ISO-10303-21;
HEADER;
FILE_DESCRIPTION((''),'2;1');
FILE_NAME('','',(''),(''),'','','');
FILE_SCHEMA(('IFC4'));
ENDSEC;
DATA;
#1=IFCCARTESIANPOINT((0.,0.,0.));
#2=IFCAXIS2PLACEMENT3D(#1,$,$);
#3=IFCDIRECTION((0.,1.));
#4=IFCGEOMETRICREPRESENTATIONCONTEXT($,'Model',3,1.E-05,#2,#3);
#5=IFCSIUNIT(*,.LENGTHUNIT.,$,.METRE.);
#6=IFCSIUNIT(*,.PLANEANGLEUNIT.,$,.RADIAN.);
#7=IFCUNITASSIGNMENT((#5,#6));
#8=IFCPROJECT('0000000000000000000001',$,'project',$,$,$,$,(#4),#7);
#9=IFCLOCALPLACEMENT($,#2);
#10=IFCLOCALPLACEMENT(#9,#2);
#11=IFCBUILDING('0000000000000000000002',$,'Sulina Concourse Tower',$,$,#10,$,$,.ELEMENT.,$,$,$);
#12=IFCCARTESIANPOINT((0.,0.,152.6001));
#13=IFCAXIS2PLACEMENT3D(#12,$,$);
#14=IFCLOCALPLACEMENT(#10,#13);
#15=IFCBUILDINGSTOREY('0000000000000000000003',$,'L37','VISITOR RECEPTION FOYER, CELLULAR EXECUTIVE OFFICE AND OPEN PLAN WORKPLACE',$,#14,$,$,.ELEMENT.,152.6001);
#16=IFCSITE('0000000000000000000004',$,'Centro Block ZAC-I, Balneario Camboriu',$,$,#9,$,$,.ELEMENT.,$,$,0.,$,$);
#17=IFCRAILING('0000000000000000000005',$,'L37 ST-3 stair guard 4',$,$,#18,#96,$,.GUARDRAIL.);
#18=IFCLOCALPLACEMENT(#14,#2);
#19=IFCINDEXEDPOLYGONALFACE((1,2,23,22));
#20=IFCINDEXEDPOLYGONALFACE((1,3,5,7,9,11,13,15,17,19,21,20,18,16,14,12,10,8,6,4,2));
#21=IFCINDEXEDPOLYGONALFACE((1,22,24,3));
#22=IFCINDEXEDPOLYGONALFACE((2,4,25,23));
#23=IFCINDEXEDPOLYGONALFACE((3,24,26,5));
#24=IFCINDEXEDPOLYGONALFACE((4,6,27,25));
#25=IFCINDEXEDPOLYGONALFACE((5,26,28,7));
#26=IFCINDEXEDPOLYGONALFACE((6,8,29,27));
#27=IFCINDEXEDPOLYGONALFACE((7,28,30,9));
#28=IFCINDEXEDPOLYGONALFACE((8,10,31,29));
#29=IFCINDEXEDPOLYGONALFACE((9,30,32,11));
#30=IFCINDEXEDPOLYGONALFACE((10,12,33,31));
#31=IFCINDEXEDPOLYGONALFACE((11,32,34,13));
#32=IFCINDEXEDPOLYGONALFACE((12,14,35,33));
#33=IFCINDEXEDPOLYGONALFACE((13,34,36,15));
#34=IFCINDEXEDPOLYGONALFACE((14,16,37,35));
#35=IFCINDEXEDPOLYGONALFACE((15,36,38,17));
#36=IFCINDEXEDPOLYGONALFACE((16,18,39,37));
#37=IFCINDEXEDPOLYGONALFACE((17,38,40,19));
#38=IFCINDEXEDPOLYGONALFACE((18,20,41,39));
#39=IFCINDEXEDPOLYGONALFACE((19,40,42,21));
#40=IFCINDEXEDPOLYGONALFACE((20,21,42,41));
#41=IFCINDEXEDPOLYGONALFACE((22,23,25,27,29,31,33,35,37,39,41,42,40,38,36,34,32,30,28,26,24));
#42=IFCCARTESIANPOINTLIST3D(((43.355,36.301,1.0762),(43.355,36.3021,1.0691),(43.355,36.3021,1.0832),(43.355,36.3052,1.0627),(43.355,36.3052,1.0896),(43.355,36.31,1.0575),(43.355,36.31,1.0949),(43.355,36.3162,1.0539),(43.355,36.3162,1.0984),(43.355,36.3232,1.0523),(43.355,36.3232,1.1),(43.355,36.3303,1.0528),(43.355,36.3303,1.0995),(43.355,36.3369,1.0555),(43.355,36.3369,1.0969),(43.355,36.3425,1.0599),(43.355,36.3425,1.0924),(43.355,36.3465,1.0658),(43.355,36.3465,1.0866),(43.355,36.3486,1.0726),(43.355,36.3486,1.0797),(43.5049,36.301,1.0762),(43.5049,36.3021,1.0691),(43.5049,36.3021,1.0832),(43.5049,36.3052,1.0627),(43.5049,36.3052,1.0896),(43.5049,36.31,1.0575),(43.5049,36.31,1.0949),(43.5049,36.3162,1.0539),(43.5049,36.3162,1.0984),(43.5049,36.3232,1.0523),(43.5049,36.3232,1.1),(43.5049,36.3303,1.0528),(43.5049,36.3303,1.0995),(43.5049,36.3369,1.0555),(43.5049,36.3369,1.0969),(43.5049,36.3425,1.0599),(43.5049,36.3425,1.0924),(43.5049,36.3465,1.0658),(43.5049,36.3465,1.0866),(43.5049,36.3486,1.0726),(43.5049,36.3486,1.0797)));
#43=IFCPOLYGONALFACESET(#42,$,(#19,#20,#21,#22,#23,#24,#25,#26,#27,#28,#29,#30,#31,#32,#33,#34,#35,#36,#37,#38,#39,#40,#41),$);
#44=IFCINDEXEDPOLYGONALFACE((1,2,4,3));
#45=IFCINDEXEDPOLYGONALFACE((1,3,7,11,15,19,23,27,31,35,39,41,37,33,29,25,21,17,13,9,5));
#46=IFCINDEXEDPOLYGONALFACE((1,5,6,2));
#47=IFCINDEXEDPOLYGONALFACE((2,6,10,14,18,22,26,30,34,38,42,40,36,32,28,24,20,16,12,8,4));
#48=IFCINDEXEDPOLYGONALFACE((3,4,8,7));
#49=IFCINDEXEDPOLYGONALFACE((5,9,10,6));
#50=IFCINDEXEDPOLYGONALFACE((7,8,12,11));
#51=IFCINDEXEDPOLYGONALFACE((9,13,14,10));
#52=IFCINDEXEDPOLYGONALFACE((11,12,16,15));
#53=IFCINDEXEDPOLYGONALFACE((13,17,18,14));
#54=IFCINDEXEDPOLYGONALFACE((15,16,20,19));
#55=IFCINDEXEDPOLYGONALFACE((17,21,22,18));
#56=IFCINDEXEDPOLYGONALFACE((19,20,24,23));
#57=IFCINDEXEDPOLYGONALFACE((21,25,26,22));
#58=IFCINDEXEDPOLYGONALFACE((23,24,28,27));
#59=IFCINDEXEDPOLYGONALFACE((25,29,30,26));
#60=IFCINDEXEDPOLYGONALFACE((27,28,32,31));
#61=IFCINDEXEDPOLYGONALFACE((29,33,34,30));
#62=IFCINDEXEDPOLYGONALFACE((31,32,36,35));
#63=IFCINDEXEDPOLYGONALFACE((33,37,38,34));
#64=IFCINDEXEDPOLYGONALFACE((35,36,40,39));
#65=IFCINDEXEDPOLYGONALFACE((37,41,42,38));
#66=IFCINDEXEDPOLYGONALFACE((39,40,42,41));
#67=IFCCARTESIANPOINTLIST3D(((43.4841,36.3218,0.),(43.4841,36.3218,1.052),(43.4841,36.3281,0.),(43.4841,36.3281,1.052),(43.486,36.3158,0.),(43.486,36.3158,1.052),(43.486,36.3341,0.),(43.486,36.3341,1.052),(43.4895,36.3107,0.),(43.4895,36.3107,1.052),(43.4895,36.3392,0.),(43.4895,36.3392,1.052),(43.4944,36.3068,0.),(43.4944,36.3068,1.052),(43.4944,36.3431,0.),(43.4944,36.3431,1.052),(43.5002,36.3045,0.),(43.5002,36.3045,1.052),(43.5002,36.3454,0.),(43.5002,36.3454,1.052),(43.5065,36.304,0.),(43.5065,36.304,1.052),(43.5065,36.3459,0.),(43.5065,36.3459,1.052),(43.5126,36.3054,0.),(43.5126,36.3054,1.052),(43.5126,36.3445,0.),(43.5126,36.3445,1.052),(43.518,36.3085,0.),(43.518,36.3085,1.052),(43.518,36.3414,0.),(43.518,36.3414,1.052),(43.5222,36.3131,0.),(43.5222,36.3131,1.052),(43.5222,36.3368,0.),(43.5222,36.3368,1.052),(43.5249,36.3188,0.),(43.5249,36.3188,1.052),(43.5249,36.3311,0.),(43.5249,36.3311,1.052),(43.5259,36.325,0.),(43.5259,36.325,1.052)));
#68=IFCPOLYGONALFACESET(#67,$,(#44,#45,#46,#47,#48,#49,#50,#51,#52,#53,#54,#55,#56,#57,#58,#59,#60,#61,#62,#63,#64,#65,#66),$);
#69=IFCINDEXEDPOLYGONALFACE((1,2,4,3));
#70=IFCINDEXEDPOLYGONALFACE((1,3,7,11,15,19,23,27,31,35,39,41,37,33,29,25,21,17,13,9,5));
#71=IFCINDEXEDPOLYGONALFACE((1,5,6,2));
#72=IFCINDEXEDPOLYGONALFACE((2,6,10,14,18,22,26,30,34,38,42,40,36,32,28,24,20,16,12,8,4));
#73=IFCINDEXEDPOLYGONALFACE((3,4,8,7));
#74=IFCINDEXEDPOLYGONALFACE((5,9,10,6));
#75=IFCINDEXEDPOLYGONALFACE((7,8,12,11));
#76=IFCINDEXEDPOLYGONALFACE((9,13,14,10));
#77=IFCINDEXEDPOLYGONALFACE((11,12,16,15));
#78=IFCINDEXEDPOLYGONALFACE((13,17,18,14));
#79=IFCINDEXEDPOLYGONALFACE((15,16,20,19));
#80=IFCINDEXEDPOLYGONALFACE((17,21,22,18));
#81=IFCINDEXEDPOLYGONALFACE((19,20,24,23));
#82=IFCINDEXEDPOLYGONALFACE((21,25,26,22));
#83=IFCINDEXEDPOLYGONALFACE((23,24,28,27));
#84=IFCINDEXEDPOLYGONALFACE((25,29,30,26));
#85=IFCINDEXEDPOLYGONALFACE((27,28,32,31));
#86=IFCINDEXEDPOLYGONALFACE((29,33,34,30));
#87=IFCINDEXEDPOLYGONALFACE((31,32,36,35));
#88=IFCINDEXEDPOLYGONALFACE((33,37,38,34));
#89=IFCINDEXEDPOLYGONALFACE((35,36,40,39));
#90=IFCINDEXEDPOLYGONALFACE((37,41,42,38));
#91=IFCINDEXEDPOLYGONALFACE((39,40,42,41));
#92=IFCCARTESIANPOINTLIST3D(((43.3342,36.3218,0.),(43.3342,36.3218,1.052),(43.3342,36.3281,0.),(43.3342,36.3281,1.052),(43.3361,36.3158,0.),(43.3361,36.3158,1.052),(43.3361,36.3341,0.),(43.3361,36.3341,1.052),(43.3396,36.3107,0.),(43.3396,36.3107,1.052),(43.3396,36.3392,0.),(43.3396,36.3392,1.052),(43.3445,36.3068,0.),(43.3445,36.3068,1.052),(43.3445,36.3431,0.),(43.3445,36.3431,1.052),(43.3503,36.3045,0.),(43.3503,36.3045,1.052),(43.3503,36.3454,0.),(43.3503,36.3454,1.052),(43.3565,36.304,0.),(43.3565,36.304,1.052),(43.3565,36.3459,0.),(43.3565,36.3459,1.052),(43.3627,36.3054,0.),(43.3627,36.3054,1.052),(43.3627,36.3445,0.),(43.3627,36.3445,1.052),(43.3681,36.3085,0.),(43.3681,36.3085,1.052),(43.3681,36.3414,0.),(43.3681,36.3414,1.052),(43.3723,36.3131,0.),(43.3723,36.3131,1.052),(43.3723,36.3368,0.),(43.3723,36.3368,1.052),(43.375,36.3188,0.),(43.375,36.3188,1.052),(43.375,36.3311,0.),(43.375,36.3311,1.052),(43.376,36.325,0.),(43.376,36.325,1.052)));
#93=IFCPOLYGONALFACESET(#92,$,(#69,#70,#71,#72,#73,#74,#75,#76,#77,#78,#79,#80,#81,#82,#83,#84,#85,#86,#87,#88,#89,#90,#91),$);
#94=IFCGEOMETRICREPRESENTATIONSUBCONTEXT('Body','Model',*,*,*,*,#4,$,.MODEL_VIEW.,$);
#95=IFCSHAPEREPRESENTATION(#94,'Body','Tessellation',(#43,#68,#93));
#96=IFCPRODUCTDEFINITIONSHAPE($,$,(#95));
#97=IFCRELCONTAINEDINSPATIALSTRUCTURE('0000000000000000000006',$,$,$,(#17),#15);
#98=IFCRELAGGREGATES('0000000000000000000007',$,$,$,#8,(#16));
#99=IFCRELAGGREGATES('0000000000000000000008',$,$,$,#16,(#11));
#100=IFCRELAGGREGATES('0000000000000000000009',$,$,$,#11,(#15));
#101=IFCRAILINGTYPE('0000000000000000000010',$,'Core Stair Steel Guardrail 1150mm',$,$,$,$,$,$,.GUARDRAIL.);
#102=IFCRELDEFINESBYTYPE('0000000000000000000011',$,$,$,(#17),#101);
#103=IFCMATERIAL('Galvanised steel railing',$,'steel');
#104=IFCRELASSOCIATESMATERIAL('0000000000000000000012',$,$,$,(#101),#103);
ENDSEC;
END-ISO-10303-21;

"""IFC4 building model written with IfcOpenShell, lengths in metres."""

from ifc_helpers import new_model, si_unit, direction, frame, origin, origin_2d, place, context, subcontext, project, spatial, circle, extrude, material, type_object, element, save


model = new_model("IFC4")

# Units and contexts
model_context = context("Model", 3, precision=1e-05, world=origin(), true_north=direction((0.0, 1.0)))
body_context = subcontext(model_context, "Body", "Model", "MODEL_VIEW")
ifc_project = project(units=[si_unit("LENGTHUNIT", "METRE"), si_unit("PLANEANGLEUNIT", "RADIAN")], contexts=[model_context])

# Site, building, storey
site_placement = place(None, origin())
site = spatial("IfcSite", under=ifc_project, at=site_placement, Name="Centro Block ZAC-I, Balneario Camboriu", CompositionType="ELEMENT", RefElevation=0.0)
building_placement = place(site_placement, origin())
building = spatial("IfcBuilding", under=site, at=building_placement, Name="Sulina Concourse Tower", CompositionType="ELEMENT")
storey_placement = place(building_placement, frame((0.0, 0.0, 152.6001)))
storey = spatial("IfcBuildingStorey", under=building, at=storey_placement, Name="L37", Description="VISITOR RECEPTION FOYER, CELLULAR EXECUTIVE OFFICE AND OPEN PLAN WORKPLACE", CompositionType="ELEMENT", Elevation=152.6001)

# Railing
ifc_material_1 = material(Name="Galvanised steel railing", Category="steel")
railing_type_1 = type_object("IfcRailingType", Name="Core Stair Steel Guardrail 1150mm", PredefinedType="GUARDRAIL", material=ifc_material_1)
railing_1_placement = place(storey_placement, frame((43.5049, 36.325, 0.0)))
element("IfcRailing", 1, at=railing_1_placement, inside=storey, type_object=railing_type_1, Name="L37 ST-3 stair guard 4", PredefinedType="GUARDRAIL", context=body_context, shape_type="SweptSolid", body=[
    extrude(circle(Radius=0.0239, at=origin_2d()), frame((0.0, 0.0, 1.0762), z_axis=(-1.0, 0.0, 0.0), x_axis=(0.0, -1.0, 0.0)), (0.0, 0.0, 1.0), 0.1499),
    extrude(circle(Radius=0.021, at=origin_2d()), origin(), (0.0, 0.0, 1.0), 1.052),
    extrude(circle(Radius=0.021, at=origin_2d()), frame((-0.1499, 0.0, 0.0)), (0.0, 0.0, 1.0), 1.052),
])

save(model, "model.ifc")
